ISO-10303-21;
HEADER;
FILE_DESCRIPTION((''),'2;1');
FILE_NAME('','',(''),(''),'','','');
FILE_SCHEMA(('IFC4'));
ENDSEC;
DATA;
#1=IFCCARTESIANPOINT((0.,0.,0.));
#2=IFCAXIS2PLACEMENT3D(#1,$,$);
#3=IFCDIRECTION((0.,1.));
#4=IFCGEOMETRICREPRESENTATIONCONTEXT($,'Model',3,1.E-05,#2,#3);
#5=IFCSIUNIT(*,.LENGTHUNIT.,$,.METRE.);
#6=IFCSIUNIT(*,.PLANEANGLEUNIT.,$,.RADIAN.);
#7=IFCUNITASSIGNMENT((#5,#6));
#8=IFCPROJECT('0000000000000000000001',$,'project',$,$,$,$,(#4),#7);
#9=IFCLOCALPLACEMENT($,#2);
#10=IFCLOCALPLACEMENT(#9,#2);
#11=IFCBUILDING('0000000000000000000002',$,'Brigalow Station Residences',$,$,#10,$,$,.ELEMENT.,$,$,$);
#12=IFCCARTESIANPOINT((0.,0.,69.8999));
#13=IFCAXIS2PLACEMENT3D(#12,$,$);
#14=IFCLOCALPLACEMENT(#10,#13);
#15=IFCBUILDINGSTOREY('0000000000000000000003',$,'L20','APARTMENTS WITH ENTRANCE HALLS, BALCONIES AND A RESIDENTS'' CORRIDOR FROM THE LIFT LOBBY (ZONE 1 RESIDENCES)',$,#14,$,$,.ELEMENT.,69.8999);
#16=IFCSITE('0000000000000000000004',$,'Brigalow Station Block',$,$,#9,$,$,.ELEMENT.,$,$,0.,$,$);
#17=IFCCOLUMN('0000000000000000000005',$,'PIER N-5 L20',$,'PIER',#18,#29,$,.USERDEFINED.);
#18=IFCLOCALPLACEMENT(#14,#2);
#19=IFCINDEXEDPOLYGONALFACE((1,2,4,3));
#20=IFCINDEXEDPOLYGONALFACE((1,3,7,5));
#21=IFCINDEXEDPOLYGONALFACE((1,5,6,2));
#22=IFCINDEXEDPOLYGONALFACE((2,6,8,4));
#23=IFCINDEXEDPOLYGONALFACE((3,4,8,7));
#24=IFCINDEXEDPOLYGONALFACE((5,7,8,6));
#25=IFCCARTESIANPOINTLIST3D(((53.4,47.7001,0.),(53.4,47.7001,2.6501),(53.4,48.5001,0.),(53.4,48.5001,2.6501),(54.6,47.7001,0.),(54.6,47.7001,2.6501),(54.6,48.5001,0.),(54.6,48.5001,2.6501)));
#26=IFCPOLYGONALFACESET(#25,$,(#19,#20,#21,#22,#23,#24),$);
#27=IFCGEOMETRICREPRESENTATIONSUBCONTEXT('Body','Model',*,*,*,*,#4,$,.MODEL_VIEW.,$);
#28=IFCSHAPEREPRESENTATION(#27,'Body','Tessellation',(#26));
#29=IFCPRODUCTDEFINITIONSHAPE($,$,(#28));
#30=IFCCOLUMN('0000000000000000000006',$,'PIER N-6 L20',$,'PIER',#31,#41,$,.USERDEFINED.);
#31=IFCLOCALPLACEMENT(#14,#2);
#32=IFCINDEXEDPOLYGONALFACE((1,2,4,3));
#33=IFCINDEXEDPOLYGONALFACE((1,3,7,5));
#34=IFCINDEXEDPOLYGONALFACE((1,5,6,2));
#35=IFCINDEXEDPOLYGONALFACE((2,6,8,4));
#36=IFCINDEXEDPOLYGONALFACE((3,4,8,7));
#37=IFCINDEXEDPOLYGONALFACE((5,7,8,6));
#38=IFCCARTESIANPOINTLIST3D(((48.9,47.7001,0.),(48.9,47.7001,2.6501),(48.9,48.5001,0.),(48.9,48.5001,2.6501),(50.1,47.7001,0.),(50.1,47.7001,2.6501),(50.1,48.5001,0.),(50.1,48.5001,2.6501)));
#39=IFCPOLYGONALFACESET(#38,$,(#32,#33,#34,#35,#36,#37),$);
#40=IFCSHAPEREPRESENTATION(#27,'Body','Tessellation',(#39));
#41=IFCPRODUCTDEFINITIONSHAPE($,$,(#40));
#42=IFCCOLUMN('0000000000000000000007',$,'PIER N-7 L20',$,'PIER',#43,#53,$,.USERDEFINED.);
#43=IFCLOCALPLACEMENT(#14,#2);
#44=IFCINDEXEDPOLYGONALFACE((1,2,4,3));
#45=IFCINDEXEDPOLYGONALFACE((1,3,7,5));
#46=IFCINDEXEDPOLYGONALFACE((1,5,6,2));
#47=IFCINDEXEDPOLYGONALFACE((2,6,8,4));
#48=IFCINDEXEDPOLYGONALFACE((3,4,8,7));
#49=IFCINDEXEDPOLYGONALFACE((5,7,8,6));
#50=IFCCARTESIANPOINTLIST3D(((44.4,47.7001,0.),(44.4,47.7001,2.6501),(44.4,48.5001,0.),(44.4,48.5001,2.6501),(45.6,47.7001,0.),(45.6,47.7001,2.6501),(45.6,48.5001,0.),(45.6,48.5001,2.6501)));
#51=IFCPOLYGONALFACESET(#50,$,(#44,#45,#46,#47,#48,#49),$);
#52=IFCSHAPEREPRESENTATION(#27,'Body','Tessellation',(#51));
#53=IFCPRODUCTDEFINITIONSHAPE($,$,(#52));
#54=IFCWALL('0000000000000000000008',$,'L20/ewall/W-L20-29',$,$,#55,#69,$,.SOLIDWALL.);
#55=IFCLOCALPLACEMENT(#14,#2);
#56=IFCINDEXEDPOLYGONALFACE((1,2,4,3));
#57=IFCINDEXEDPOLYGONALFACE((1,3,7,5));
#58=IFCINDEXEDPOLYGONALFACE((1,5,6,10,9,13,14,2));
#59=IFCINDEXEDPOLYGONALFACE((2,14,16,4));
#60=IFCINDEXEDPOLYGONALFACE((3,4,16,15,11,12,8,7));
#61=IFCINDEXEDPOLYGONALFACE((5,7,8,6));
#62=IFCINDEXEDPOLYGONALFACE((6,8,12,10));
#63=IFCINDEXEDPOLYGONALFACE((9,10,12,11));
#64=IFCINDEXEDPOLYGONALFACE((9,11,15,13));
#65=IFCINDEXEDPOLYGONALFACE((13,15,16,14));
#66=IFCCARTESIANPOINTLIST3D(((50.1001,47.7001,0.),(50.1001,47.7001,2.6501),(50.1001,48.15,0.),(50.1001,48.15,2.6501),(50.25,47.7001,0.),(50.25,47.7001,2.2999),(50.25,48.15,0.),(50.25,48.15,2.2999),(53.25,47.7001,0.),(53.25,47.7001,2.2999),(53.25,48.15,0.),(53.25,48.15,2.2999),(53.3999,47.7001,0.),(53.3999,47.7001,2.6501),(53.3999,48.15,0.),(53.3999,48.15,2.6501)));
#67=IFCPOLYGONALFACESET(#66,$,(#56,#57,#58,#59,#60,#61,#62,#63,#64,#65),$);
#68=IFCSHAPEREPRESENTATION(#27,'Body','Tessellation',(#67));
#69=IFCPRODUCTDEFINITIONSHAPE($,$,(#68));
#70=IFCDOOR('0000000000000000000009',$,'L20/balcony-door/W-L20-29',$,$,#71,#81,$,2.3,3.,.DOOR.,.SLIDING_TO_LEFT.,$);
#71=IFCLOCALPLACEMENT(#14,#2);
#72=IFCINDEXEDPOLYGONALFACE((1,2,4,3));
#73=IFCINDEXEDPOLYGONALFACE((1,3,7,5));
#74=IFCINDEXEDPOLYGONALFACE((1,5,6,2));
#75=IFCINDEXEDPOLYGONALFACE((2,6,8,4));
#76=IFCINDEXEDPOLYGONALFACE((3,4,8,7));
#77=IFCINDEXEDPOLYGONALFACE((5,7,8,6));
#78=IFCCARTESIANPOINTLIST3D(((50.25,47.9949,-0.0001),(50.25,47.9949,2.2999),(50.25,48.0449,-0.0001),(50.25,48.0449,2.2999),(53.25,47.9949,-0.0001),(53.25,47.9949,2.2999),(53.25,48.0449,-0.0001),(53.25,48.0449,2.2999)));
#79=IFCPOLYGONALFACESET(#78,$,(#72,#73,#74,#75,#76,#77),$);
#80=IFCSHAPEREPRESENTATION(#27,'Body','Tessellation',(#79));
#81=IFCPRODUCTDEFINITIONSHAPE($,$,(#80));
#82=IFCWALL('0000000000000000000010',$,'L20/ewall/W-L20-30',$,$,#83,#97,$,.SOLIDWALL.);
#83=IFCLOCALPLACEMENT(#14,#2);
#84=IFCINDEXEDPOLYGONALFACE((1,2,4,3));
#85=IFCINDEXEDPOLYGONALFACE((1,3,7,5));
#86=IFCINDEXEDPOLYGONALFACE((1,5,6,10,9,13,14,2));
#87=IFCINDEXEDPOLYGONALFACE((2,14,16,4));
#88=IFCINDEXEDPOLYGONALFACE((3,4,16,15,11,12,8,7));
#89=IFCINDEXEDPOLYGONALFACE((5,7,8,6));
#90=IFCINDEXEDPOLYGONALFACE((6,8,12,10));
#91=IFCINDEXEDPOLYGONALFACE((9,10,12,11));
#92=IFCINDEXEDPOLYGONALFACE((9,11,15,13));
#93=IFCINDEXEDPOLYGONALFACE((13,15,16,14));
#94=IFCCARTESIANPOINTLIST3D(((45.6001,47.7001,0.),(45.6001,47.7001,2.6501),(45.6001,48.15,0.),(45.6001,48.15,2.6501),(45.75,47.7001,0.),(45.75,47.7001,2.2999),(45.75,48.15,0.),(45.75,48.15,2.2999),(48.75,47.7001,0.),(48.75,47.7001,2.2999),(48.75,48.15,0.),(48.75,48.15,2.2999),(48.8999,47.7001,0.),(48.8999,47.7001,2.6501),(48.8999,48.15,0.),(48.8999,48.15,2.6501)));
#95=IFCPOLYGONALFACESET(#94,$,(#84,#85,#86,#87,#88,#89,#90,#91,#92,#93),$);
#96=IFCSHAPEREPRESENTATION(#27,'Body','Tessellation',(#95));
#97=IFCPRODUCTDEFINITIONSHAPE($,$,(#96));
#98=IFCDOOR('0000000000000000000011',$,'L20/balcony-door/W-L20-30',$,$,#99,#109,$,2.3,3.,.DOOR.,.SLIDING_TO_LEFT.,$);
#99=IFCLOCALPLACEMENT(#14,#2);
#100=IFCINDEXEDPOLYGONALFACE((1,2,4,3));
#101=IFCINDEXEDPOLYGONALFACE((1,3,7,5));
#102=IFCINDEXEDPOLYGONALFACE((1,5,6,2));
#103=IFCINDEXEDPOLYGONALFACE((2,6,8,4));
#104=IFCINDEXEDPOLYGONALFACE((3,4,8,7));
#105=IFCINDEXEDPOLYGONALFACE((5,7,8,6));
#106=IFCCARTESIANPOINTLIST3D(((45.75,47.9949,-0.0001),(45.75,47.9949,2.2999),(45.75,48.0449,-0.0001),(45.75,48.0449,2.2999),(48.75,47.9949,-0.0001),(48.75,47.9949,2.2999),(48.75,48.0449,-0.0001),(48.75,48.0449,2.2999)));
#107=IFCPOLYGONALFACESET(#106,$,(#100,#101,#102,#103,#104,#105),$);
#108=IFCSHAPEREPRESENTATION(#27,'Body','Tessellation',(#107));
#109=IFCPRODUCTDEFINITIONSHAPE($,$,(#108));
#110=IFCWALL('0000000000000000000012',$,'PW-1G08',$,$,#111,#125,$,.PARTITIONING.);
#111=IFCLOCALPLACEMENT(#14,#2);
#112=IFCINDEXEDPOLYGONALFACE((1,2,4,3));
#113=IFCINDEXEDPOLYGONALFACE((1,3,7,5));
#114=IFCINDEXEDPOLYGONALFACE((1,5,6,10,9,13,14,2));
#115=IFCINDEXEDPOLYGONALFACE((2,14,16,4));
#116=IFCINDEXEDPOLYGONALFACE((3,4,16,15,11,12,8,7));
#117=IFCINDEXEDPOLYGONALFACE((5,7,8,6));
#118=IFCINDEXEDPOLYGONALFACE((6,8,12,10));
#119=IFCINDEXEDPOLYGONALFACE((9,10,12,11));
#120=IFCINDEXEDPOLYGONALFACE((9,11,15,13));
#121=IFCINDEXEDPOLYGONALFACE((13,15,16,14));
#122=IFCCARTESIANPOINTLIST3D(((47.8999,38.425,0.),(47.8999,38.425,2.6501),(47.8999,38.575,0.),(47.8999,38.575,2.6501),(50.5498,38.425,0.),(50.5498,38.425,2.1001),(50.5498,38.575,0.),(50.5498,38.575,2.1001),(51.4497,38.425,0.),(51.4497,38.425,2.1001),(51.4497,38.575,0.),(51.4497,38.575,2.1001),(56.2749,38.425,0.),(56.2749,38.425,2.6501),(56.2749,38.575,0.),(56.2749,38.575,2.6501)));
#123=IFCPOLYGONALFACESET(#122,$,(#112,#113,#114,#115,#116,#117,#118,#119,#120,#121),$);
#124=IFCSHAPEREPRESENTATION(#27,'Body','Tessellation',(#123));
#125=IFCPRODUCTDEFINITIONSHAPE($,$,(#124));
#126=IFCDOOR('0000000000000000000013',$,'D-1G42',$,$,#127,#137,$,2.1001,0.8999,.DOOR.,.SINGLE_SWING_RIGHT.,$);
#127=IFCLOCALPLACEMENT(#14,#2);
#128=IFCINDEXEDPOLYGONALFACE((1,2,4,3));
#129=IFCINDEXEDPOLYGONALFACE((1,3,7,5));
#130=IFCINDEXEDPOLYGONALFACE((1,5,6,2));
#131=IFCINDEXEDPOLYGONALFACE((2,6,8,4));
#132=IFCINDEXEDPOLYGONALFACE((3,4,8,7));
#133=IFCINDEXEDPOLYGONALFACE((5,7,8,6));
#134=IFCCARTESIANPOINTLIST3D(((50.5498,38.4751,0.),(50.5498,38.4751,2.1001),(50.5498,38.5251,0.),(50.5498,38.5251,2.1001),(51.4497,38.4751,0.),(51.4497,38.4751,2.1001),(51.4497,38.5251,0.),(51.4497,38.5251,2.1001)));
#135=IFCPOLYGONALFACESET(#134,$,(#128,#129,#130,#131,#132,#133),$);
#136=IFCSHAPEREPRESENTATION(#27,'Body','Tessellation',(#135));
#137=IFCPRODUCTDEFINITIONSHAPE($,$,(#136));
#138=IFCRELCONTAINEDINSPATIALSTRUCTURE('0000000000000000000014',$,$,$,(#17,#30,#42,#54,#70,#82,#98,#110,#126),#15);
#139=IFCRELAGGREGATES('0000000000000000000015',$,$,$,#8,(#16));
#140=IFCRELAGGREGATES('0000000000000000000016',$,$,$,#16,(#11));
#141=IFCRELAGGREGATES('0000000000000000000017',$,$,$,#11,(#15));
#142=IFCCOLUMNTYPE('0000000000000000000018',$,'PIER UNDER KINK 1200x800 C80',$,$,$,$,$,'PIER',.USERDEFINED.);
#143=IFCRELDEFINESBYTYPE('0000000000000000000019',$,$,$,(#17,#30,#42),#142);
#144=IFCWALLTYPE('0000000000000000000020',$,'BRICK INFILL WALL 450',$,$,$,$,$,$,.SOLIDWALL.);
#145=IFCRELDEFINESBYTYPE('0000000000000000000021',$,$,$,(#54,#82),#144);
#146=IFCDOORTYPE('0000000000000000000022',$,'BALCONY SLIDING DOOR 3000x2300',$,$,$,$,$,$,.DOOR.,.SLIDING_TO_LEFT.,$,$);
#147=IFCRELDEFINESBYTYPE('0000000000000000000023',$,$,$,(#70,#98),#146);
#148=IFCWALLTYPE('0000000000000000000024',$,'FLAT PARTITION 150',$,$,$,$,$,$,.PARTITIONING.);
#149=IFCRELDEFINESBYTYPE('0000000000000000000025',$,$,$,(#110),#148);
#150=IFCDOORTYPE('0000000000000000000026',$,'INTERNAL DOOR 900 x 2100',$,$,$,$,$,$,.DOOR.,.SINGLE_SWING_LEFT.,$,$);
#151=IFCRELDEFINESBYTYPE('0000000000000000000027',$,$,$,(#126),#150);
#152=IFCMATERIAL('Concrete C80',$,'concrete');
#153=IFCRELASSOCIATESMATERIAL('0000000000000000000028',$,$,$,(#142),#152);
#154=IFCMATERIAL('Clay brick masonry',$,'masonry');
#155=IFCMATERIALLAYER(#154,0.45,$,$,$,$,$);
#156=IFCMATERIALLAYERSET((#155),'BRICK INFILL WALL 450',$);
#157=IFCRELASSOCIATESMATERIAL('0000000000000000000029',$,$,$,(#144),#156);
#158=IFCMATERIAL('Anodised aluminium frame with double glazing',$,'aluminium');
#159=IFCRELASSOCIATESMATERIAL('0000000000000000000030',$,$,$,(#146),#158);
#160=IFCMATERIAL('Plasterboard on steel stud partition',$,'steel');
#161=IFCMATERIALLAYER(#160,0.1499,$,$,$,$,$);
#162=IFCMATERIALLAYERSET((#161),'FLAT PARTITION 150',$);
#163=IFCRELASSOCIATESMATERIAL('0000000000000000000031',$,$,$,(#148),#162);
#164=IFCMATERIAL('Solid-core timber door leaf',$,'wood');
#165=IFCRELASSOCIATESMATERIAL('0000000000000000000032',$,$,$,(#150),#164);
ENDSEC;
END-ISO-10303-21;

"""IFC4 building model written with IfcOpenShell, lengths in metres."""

from ifc_helpers import new_model, si_unit, direction, frame, frame_2d, origin, origin_2d, place, context, subcontext, project, spatial, rectangle, extrude, material, layer, layer_set, material_profile, profile_set, type_object, element, fill, save


model = new_model("IFC4")

# Units and contexts
model_context = context("Model", 3, precision=1e-05, world=origin(), true_north=direction((0.0, 1.0)))
body_context = subcontext(model_context, "Body", "Model", "MODEL_VIEW")
ifc_project = project(units=[si_unit("LENGTHUNIT", "METRE"), si_unit("PLANEANGLEUNIT", "RADIAN")], contexts=[model_context])

# Site, building, storey
site_placement = place(None, origin())
site = spatial("IfcSite", under=ifc_project, at=site_placement, Name="Brigalow Station Block", CompositionType="ELEMENT", RefElevation=0.0)
building_placement = place(site_placement, origin())
building = spatial("IfcBuilding", under=site, at=building_placement, Name="Brigalow Station Residences", CompositionType="ELEMENT")
storey_placement = place(building_placement, frame((0.0, 0.0, 69.8999)))
storey = spatial("IfcBuildingStorey", under=building, at=storey_placement, Name="L20", Description="APARTMENTS WITH ENTRANCE HALLS, BALCONIES AND A RESIDENTS' CORRIDOR FROM THE LIFT LOBBY (ZONE 1 RESIDENCES)", CompositionType="ELEMENT", Elevation=69.8999)

# Columns
ifc_material_1 = material(Name="Concrete C80", Category="concrete")
ifc_material_profile = material_profile(ifc_material_1, rectangle(XDim=1.2, YDim=0.8, at=origin_2d()), Name="RC1200x800")
ifc_profile_set = profile_set([ifc_material_profile], Name="Concrete C80")
column_type = type_object("IfcColumnType", Name="PIER UNDER KINK 1200x800 C80", ElementType="PIER", PredefinedType="USERDEFINED", material=ifc_profile_set)
for number, where, z_axis, x_axis, name in (
    (1, (54.0, 48.1001, 0.0), (0.0, 0.0, 1.0), (-1.0, 0.0, 0.0), "PIER N-5 L20"),
    (2, (49.5, 48.1001, 0.0), (0.0, 0.0, 1.0), (-1.0, 0.0, 0.0), "PIER N-6 L20"),
    (3, (45.0, 48.1001, 0.0), (0.0, 0.0, 1.0), (-1.0, 0.0, 0.0), "PIER N-7 L20"),
):
    element("IfcColumn", number, at=place(storey_placement, frame(where, z_axis=z_axis, x_axis=x_axis)), inside=storey, type_object=column_type, Name=name, ObjectType="PIER", PredefinedType="USERDEFINED", context=body_context, shape_type="SweptSolid", body=[
        extrude(rectangle(XDim=1.2, YDim=0.8, at=origin_2d()), origin(), (0.0, 0.0, 1.0), 2.6501),
    ])

# Walls, openings, doors
ifc_material_2 = material(Name="Clay brick masonry", Category="masonry")
ifc_layer_1 = layer(ifc_material_2, 0.45)
ifc_layer_set_1 = layer_set([ifc_layer_1], Name="BRICK INFILL WALL 450")
wall_type_1 = type_object("IfcWallType", Name="BRICK INFILL WALL 450", PredefinedType="SOLIDWALL", material=ifc_layer_set_1)
wall_1_placement = place(storey_placement, frame((53.3999, 47.925, 0.0), z_axis=(0.0, 0.0, 1.0), x_axis=(-1.0, 0.0, 0.0)))
wall_1 = element("IfcWall", 4, at=wall_1_placement, inside=storey, type_object=wall_type_1, Name="L20/ewall/W-L20-29", PredefinedType="SOLIDWALL", context=body_context, shape_type="SweptSolid", body=[
    extrude(rectangle(XDim=3.2998, YDim=0.45, at=frame_2d((1.6499, 0.0))), origin(), (0.0, 0.0, 1.0), 2.6501),
])
opening_1_placement = place(wall_1_placement, frame((0.1499, 0.0, 0.0)))
opening_1 = element("IfcOpeningElement", 5, at=opening_1_placement, cuts=wall_1, PredefinedType="OPENING", context=body_context, shape_type="SweptSolid", body=[
    extrude(rectangle(XDim=3.0, YDim=2.3, at=frame_2d((1.5, 1.1499))), frame((0.0, 0.2349, 0.0), z_axis=(0.0, -1.0, 0.0), x_axis=(1.0, 0.0, 0.0)), (0.0, 0.0, 1.0), 0.47),
])
ifc_material_3 = material(Name="Anodised aluminium frame with double glazing", Category="aluminium")
door_type_1 = type_object("IfcDoorType", Name="BALCONY SLIDING DOOR 3000x2300", OperationType="SLIDING_TO_LEFT", PredefinedType="DOOR", material=ifc_material_3)
door_1_placement = place(opening_1_placement, origin())
door_1 = element("IfcDoor", 6, at=door_1_placement, inside=storey, type_object=door_type_1, Name="L20/balcony-door/W-L20-29", OperationType="SLIDING_TO_LEFT", OverallHeight=2.3, OverallWidth=3.0, PredefinedType="DOOR", context=body_context, shape_type="SweptSolid", body=[
    extrude(rectangle(XDim=3.0, YDim=2.3, at=frame_2d((1.5, 1.1499))), frame((0.0, -0.0698, 0.0), z_axis=(0.0, -1.0, 0.0), x_axis=(1.0, 0.0, 0.0)), (0.0, 0.0, 1.0), 0.05),
])
fill(opening_1, door_1)
wall_2_placement = place(storey_placement, frame((48.8999, 47.925, 0.0), z_axis=(0.0, 0.0, 1.0), x_axis=(-1.0, 0.0, 0.0)))
wall_2 = element("IfcWall", 7, at=wall_2_placement, inside=storey, type_object=wall_type_1, Name="L20/ewall/W-L20-30", PredefinedType="SOLIDWALL", context=body_context, shape_type="SweptSolid", body=[
    extrude(rectangle(XDim=3.2998, YDim=0.45, at=frame_2d((1.6499, 0.0))), origin(), (0.0, 0.0, 1.0), 2.6501),
])
opening_2_placement = place(wall_2_placement, frame((0.1499, 0.0, 0.0)))
opening_2 = element("IfcOpeningElement", 8, at=opening_2_placement, cuts=wall_2, PredefinedType="OPENING", context=body_context, shape_type="SweptSolid", body=[
    extrude(rectangle(XDim=3.0, YDim=2.3, at=frame_2d((1.5, 1.1499))), frame((0.0, 0.2349, 0.0), z_axis=(0.0, -1.0, 0.0), x_axis=(1.0, 0.0, 0.0)), (0.0, 0.0, 1.0), 0.47),
])
door_2_placement = place(opening_2_placement, origin())
door_2 = element("IfcDoor", 9, at=door_2_placement, inside=storey, type_object=door_type_1, Name="L20/balcony-door/W-L20-30", OperationType="SLIDING_TO_LEFT", OverallHeight=2.3, OverallWidth=3.0, PredefinedType="DOOR", context=body_context, shape_type="SweptSolid", body=[
    extrude(rectangle(XDim=3.0, YDim=2.3, at=frame_2d((1.5, 1.1499))), frame((0.0, -0.0698, 0.0), z_axis=(0.0, -1.0, 0.0), x_axis=(1.0, 0.0, 0.0)), (0.0, 0.0, 1.0), 0.05),
])
fill(opening_2, door_2)
ifc_material_4 = material(Name="Plasterboard on steel stud partition", Category="steel")
ifc_layer_2 = layer(ifc_material_4, 0.1499)
ifc_layer_set_2 = layer_set([ifc_layer_2], Name="FLAT PARTITION 150")
wall_type_2 = type_object("IfcWallType", Name="FLAT PARTITION 150", PredefinedType="PARTITIONING", material=ifc_layer_set_2)
wall_3_placement = place(storey_placement, frame((47.8999, 38.5, 0.0), z_axis=(0.0, 0.0, 1.0), x_axis=(1.0, 0.0, 0.0)))
wall_3 = element("IfcWall", 10, at=wall_3_placement, inside=storey, type_object=wall_type_2, Name="PW-1G08", PredefinedType="PARTITIONING", context=body_context, shape_type="SweptSolid", body=[
    extrude(rectangle(XDim=8.375, YDim=0.1499, at=frame_2d((4.1875, 0.0))), origin(), (0.0, 0.0, 1.0), 2.6501),
])
opening_3_placement = place(wall_3_placement, frame((2.6499, 0.0, 0.0)))
opening_3 = element("IfcOpeningElement", 11, at=opening_3_placement, cuts=wall_3, PredefinedType="OPENING", context=body_context, shape_type="SweptSolid", body=[
    extrude(rectangle(XDim=0.8999, YDim=2.1001, at=frame_2d((0.45, 1.05))), frame((0.0, 0.085, 0.0), z_axis=(0.0, -1.0, 0.0), x_axis=(1.0, 0.0, 0.0)), (0.0, 0.0, 1.0), 0.1699),
])
ifc_material_5 = material(Name="Solid-core timber door leaf", Category="wood")
door_type_2 = type_object("IfcDoorType", Name="INTERNAL DOOR 900 x 2100", OperationType="SINGLE_SWING_LEFT", PredefinedType="DOOR", material=ifc_material_5)
door_3_placement = place(opening_3_placement, frame((0.8999, 0.0, 0.0), z_axis=(0.0, 0.0, 1.0), x_axis=(-1.0, 0.0, 0.0)))
door_3 = element("IfcDoor", 12, at=door_3_placement, inside=storey, type_object=door_type_2, Name="D-1G42", OperationType="SINGLE_SWING_RIGHT", OverallHeight=2.1001, OverallWidth=0.8999, PredefinedType="DOOR", context=body_context, shape_type="SweptSolid", body=[
    extrude(rectangle(XDim=0.8999, YDim=2.1001, at=frame_2d((0.45, 1.05))), frame((0.0, 0.0249, 0.0), z_axis=(0.0, -1.0, 0.0), x_axis=(1.0, 0.0, 0.0)), (0.0, 0.0, 1.0), 0.05),
])
fill(opening_3, door_3)

save(model, "model.ifc")
